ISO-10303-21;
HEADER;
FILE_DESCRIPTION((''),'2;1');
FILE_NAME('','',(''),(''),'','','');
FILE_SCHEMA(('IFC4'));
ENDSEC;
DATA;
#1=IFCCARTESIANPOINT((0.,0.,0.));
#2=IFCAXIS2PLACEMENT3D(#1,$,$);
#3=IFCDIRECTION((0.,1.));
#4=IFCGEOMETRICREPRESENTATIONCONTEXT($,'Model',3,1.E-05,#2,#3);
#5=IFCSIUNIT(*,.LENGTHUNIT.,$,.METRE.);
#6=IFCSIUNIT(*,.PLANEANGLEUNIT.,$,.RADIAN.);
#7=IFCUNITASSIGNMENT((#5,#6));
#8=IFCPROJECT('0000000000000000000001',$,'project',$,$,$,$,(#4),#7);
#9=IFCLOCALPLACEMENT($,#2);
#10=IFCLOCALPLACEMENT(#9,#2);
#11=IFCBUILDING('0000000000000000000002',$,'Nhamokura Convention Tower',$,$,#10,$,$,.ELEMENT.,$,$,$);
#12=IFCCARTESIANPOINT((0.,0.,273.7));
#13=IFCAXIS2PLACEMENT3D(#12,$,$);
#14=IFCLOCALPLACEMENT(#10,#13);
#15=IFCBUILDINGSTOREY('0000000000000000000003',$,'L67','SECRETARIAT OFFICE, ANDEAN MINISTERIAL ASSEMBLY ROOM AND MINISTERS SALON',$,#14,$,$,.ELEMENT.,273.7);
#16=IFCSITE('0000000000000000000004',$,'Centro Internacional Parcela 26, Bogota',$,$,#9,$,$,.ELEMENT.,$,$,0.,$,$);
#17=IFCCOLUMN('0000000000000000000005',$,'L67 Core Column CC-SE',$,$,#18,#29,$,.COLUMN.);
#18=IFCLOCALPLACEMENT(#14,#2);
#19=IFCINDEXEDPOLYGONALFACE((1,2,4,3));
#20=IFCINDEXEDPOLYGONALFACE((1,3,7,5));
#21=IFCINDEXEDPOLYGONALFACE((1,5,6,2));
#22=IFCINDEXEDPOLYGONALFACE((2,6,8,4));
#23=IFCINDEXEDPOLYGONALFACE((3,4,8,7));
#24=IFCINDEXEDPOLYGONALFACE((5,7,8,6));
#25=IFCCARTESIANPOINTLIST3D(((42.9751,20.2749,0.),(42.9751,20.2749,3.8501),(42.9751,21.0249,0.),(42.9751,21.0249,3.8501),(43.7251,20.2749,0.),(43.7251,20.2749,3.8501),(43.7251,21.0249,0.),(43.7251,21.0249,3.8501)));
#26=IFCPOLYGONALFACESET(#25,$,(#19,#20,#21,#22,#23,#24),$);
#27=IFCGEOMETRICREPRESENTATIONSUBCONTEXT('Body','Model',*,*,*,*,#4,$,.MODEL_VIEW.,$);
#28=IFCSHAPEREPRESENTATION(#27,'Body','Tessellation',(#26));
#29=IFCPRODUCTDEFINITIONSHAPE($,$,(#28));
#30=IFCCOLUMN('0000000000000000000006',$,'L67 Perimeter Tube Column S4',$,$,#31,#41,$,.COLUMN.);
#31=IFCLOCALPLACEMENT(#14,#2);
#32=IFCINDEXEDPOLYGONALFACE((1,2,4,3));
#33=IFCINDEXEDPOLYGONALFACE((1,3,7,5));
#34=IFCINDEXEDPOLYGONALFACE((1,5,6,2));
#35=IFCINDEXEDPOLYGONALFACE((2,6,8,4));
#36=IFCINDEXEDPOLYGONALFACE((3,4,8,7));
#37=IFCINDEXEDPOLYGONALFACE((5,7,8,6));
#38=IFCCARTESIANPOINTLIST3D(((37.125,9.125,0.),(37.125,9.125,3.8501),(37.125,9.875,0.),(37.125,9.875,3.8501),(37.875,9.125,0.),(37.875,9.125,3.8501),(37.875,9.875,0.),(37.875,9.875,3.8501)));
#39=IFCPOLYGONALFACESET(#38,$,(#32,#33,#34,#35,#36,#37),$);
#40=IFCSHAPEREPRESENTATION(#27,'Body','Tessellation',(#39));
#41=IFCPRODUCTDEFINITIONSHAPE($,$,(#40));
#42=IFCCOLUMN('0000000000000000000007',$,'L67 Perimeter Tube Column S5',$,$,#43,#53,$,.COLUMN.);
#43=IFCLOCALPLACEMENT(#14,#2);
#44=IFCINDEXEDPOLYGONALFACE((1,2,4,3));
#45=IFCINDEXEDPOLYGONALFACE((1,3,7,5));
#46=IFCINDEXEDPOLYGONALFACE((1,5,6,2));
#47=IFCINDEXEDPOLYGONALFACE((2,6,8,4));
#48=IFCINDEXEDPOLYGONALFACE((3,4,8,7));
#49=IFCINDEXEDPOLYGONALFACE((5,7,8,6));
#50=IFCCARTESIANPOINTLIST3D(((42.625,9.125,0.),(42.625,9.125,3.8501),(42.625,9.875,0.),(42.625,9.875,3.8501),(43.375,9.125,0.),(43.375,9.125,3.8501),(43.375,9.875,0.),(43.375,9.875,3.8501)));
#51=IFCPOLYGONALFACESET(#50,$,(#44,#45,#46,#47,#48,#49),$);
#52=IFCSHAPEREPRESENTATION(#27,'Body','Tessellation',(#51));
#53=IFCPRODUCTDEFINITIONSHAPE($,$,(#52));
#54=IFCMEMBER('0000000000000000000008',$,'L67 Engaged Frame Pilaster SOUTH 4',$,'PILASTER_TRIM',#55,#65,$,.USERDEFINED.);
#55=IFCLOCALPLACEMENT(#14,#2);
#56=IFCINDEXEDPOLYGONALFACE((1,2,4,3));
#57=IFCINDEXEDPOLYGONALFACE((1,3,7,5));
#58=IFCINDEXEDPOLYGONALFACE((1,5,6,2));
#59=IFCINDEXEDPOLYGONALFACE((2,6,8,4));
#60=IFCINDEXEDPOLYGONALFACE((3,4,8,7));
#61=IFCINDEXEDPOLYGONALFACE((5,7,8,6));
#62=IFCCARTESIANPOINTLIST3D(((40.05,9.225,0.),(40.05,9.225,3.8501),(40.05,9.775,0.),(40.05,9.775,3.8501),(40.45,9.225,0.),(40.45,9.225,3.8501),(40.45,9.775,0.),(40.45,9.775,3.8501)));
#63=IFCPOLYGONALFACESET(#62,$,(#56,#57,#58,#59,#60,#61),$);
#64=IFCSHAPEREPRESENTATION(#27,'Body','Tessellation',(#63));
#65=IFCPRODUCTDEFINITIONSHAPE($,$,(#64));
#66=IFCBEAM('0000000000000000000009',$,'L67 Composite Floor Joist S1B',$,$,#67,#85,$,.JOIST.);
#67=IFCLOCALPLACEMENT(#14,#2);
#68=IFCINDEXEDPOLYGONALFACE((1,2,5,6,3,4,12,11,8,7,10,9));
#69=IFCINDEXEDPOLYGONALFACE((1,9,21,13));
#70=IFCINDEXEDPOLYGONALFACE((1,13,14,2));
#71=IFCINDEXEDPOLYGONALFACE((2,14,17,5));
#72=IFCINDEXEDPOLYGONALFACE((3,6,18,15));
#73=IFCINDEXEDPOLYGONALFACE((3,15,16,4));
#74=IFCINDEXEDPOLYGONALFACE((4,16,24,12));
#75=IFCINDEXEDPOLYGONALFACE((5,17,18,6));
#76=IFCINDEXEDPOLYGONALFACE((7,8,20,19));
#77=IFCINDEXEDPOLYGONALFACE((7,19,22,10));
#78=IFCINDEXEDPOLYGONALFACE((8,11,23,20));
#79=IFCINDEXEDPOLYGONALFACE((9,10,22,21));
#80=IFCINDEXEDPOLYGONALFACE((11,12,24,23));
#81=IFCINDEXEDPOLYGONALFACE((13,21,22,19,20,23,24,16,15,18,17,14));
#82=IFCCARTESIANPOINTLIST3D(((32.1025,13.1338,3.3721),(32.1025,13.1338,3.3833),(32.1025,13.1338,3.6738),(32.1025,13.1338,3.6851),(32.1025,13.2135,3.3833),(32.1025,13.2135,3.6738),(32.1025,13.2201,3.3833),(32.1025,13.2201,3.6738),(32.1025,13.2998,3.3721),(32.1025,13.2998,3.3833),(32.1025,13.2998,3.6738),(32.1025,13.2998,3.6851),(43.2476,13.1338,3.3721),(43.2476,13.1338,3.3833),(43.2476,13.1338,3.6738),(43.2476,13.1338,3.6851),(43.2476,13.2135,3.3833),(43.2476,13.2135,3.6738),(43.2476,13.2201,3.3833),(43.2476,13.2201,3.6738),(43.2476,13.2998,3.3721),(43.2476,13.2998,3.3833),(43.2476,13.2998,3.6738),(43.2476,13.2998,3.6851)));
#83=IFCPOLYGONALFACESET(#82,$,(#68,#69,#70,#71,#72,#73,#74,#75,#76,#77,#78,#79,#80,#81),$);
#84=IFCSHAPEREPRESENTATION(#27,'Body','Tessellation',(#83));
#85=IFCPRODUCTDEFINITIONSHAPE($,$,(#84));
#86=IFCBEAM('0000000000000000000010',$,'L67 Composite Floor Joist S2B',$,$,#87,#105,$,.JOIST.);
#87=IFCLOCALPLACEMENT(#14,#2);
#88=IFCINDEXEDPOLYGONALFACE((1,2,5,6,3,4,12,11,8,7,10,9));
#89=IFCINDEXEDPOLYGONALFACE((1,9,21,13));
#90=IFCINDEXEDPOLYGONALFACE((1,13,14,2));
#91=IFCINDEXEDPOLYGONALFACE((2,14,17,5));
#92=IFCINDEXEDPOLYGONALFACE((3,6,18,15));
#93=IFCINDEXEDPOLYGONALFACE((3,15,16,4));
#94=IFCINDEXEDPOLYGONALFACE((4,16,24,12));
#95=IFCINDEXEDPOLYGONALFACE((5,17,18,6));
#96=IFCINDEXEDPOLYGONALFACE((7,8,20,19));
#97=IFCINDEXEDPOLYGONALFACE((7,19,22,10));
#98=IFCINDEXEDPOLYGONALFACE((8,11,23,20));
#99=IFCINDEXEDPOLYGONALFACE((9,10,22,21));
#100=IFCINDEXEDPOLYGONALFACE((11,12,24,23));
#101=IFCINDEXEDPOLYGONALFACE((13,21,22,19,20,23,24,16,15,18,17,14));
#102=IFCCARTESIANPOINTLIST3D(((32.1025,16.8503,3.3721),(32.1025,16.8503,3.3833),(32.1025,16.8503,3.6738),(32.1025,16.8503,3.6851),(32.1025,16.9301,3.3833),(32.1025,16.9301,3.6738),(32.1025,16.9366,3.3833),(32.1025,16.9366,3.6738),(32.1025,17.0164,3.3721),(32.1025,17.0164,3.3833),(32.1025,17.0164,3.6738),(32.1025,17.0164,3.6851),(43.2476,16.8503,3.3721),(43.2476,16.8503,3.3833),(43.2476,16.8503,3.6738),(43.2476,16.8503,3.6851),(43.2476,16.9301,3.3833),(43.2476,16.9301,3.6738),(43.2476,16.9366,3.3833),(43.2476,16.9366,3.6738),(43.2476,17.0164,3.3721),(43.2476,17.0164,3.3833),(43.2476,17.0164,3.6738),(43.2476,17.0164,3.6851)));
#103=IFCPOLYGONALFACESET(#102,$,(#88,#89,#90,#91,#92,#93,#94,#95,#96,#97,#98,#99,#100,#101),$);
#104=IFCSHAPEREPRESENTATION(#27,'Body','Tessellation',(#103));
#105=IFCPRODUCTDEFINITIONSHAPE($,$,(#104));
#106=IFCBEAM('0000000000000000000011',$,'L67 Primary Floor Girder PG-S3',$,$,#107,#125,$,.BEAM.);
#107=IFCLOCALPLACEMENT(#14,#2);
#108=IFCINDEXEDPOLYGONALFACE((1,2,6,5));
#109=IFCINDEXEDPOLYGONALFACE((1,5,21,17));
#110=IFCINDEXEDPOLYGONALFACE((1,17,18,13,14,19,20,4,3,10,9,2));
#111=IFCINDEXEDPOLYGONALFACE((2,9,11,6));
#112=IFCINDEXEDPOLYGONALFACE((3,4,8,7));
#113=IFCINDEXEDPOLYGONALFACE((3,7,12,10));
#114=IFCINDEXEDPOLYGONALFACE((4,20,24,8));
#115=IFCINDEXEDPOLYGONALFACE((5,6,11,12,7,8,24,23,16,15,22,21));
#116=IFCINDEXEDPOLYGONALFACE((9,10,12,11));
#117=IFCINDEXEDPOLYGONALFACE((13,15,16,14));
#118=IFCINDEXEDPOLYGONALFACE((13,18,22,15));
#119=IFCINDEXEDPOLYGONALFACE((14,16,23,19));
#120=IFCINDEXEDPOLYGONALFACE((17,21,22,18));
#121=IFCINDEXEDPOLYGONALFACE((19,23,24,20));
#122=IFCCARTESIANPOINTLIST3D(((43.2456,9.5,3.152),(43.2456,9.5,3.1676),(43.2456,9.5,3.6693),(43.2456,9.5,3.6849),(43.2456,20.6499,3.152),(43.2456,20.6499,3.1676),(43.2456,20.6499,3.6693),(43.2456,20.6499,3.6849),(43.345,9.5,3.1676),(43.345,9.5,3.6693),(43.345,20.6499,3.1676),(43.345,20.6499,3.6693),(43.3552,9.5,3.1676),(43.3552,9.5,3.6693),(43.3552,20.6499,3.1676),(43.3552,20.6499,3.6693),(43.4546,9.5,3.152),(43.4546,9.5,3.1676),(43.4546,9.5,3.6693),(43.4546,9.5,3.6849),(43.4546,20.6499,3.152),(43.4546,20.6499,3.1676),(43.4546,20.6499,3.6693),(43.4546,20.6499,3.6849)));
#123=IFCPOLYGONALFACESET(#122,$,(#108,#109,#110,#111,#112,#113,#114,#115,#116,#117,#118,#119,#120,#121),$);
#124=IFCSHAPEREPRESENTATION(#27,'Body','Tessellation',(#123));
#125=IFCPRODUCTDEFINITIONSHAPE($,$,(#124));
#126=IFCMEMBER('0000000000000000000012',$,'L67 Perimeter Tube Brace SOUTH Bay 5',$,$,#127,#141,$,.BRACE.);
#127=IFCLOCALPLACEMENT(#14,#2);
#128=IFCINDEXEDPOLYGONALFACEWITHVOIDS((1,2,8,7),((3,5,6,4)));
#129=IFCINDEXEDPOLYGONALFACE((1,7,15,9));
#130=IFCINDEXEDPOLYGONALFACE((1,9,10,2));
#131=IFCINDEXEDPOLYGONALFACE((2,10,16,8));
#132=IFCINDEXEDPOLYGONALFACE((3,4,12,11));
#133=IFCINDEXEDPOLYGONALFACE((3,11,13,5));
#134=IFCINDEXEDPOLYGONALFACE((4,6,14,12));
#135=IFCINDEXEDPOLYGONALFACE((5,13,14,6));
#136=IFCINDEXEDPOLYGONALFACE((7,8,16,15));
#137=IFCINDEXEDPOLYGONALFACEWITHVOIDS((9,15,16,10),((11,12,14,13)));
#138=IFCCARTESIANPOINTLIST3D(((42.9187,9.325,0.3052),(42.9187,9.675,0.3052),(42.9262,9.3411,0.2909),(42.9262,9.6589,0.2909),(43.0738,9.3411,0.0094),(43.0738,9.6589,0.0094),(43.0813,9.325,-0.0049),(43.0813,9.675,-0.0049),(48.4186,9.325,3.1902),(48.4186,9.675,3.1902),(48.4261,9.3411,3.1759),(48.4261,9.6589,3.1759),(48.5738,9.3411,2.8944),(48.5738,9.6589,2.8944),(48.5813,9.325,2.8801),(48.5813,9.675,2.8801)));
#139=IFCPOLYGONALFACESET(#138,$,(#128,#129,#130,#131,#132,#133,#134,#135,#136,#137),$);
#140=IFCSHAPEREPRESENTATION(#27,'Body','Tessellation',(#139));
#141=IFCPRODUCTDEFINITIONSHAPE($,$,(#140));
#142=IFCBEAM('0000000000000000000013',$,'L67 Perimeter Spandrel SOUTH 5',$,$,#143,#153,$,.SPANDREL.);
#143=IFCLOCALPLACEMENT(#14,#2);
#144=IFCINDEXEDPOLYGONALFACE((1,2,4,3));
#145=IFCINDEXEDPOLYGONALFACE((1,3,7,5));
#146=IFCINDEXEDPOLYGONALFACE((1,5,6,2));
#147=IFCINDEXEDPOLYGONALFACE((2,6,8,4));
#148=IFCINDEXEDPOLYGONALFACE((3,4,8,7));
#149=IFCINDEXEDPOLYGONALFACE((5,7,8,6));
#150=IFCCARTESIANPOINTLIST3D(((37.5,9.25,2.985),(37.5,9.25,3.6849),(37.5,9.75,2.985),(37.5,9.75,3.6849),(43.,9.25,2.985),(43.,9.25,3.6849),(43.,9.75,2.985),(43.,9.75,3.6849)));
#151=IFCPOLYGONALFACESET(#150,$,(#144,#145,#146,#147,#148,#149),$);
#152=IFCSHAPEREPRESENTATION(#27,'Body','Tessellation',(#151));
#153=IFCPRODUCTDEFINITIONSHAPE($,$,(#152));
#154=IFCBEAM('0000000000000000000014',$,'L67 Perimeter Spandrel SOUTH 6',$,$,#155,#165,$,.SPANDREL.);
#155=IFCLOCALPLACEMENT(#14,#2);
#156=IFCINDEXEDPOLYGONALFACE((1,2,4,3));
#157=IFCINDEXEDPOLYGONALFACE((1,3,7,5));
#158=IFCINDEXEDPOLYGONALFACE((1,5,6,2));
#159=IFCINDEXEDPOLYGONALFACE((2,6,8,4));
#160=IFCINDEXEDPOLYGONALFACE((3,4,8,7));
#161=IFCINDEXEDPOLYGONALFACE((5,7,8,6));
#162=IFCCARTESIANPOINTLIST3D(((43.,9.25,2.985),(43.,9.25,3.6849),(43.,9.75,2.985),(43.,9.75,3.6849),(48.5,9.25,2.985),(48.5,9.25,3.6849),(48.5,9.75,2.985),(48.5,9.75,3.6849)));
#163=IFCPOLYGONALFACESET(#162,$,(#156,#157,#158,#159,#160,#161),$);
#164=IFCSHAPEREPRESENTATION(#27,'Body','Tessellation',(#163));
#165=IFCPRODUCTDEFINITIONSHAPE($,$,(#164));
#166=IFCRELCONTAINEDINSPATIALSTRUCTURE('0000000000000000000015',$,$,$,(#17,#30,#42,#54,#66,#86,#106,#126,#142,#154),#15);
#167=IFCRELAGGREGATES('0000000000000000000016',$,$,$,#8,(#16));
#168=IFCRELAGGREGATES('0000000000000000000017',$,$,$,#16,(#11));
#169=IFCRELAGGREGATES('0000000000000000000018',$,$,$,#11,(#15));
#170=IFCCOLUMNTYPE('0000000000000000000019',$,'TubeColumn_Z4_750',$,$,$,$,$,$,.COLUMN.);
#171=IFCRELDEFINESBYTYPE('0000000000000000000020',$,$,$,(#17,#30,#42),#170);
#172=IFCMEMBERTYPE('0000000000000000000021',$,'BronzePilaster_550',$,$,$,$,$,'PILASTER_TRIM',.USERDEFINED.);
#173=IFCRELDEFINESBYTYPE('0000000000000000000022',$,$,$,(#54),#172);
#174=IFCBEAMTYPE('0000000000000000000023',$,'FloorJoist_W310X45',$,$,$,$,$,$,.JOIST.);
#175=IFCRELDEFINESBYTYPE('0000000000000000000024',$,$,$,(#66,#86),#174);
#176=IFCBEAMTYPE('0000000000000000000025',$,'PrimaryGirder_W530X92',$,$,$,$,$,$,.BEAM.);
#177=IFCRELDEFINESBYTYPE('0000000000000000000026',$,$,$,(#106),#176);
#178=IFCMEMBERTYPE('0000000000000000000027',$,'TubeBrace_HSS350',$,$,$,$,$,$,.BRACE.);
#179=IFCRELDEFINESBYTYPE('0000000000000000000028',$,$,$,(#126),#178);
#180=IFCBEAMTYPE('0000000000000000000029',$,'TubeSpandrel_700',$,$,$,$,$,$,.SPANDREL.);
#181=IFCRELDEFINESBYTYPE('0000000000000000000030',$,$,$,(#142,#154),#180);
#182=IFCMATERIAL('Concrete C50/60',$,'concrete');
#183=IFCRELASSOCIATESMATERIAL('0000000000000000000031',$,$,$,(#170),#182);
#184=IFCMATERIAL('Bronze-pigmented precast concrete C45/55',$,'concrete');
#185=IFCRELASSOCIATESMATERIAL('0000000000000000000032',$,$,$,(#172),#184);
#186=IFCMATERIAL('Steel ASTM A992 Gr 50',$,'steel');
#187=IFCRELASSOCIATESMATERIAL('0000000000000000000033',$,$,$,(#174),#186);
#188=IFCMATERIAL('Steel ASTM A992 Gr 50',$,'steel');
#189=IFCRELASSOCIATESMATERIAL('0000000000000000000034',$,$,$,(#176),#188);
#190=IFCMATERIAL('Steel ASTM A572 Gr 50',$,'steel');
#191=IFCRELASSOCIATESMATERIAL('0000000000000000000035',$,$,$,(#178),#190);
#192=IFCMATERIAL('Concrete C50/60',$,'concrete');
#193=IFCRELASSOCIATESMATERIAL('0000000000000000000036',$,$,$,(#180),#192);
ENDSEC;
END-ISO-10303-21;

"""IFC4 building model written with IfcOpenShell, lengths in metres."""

from ifc_helpers import new_model, si_unit, direction, frame, origin, origin_2d, place, context, subcontext, project, spatial, rectangle, hollow_rectangle, i_section, extrude, material, material_profile, profile_set, type_object, element, save


model = new_model("IFC4")

# Units and contexts
model_context = context("Model", 3, precision=1e-05, world=origin(), true_north=direction((0.0, 1.0)))
body_context = subcontext(model_context, "Body", "Model", "MODEL_VIEW")
ifc_project = project(units=[si_unit("LENGTHUNIT", "METRE"), si_unit("PLANEANGLEUNIT", "RADIAN")], contexts=[model_context])

# Site, building, storey
site_placement = place(None, origin())
site = spatial("IfcSite", under=ifc_project, at=site_placement, Name="Centro Internacional Parcela 26, Bogota", CompositionType="ELEMENT", RefElevation=0.0)
building_placement = place(site_placement, origin())
building = spatial("IfcBuilding", under=site, at=building_placement, Name="Nhamokura Convention Tower", CompositionType="ELEMENT")
storey_placement = place(building_placement, frame((0.0, 0.0, 273.7)))
storey = spatial("IfcBuildingStorey", under=building, at=storey_placement, Name="L67", Description="SECRETARIAT OFFICE, ANDEAN MINISTERIAL ASSEMBLY ROOM AND MINISTERS SALON", CompositionType="ELEMENT", Elevation=273.7)

# Columns
ifc_material_1 = material(Name="Concrete C50/60", Category="concrete")
ifc_material_profile_1 = material_profile(ifc_material_1, rectangle(XDim=0.75, YDim=0.75, at=origin_2d()))
ifc_profile_set_1 = profile_set([ifc_material_profile_1], Name="Concrete C50/60")
column_type = type_object("IfcColumnType", Name="TubeColumn_Z4_750", PredefinedType="COLUMN", material=ifc_profile_set_1)
for number, where, z_axis, x_axis, name in (
    (1, (43.3501, 20.6499, 0.0), (0.0, 0.0, 1.0), (1.0, 0.0, 0.0), "L67 Core Column CC-SE"),
    (2, (37.5, 9.5, 0.0), (0.0, 0.0, 1.0), (1.0, 0.0, 0.0), "L67 Perimeter Tube Column S4"),
    (3, (43.0, 9.5, 0.0), (0.0, 0.0, 1.0), (1.0, 0.0, 0.0), "L67 Perimeter Tube Column S5"),
):
    element("IfcColumn", number, at=place(storey_placement, frame(where, z_axis=z_axis, x_axis=x_axis)), inside=storey, type_object=column_type, Name=name, PredefinedType="COLUMN", context=body_context, shape_type="SweptSolid", body=[
        extrude(rectangle(XDim=0.75, YDim=0.75, at=origin_2d()), origin(), (0.0, 0.0, 1.0), 3.8501),
    ])

# Member
ifc_material_2 = material(Name="Bronze-pigmented precast concrete C45/55", Category="concrete")
ifc_material_profile_2 = material_profile(ifc_material_2, rectangle(XDim=0.3999, YDim=0.55, at=origin_2d()))
ifc_profile_set_2 = profile_set([ifc_material_profile_2], Name="Bronze-pigmented precast concrete C45/55")
member_type_1 = type_object("IfcMemberType", Name="BronzePilaster_550", ElementType="PILASTER_TRIM", PredefinedType="USERDEFINED", material=ifc_profile_set_2)
member_1_placement = place(storey_placement, frame((40.25, 9.5, 0.0), z_axis=(0.0, 0.0, 1.0), x_axis=(1.0, 0.0, 0.0)))
element("IfcMember", 4, at=member_1_placement, inside=storey, type_object=member_type_1, Name="L67 Engaged Frame Pilaster SOUTH 4", ObjectType="PILASTER_TRIM", PredefinedType="USERDEFINED", context=body_context, shape_type="SweptSolid", body=[
    extrude(rectangle(XDim=0.3999, YDim=0.55, at=origin_2d()), origin(), (0.0, 0.0, 1.0), 3.8501),
])

# Beams
ifc_material_3 = material(Name="Steel ASTM A992 Gr 50", Category="steel")
ifc_material_profile_3 = material_profile(ifc_material_3, i_section(OverallWidth=0.166, OverallDepth=0.313, WebThickness=0.0066, FlangeThickness=0.0112, at=origin_2d()))
ifc_profile_set_3 = profile_set([ifc_material_profile_3], Name="Steel ASTM A992 Gr 50")
beam_type_1 = type_object("IfcBeamType", Name="FloorJoist_W310X45", PredefinedType="JOIST", material=ifc_profile_set_3)
for number, where, z_axis, x_axis, name in (
    (5, (32.1025, 13.2168, 3.5286), (1.0, 0.0, 0.0), (0.0, 1.0, 0.0), "L67 Composite Floor Joist S1B"),
    (6, (32.1025, 16.9333, 3.5286), (1.0, 0.0, 0.0), (0.0, 1.0, 0.0), "L67 Composite Floor Joist S2B"),
):
    element("IfcBeam", number, at=place(storey_placement, frame(where, z_axis=z_axis, x_axis=x_axis)), inside=storey, type_object=beam_type_1, Name=name, PredefinedType="JOIST", context=body_context, shape_type="SweptSolid", body=[
        extrude(i_section(OverallWidth=0.166, OverallDepth=0.313, WebThickness=0.0066, FlangeThickness=0.0112, at=origin_2d()), origin(), (0.0, 0.0, 1.0), 11.145),
    ])
ifc_material_4 = material(Name="Steel ASTM A992 Gr 50", Category="steel")
ifc_material_profile_4 = material_profile(ifc_material_4, i_section(OverallWidth=0.209, OverallDepth=0.533, WebThickness=0.0103, FlangeThickness=0.0156, at=origin_2d()))
ifc_profile_set_4 = profile_set([ifc_material_profile_4], Name="Steel ASTM A992 Gr 50")
beam_type_2 = type_object("IfcBeamType", Name="PrimaryGirder_W530X92", PredefinedType="BEAM", material=ifc_profile_set_4)
beam_placement = place(storey_placement, frame((43.3501, 9.5, 3.4185), z_axis=(0.0, 1.0, 0.0), x_axis=(-1.0, 0.0, 0.0)))
element("IfcBeam", 7, at=beam_placement, inside=storey, type_object=beam_type_2, Name="L67 Primary Floor Girder PG-S3", PredefinedType="BEAM", context=body_context, shape_type="SweptSolid", body=[
    extrude(i_section(OverallWidth=0.209, OverallDepth=0.533, WebThickness=0.0103, FlangeThickness=0.0156, at=origin_2d()), origin(), (0.0, 0.0, 1.0), 11.1499),
])

# Member
ifc_material_5 = material(Name="Steel ASTM A572 Gr 50", Category="steel")
ifc_material_profile_5 = material_profile(ifc_material_5, hollow_rectangle(XDim=0.3501, YDim=0.3501, WallThickness=0.0161, at=origin_2d()))
ifc_profile_set_5 = profile_set([ifc_material_profile_5], Name="Steel ASTM A572 Gr 50")
member_type_2 = type_object("IfcMemberType", Name="TubeBrace_HSS350", PredefinedType="BRACE", material=ifc_profile_set_5)
member_2_placement = place(storey_placement, frame((43.0, 9.5, 0.1501), z_axis=(0.885563, 0.0, 0.46452), x_axis=(0.0, 1.0, 0.0)))
element("IfcMember", 8, at=member_2_placement, inside=storey, type_object=member_type_2, Name="L67 Perimeter Tube Brace SOUTH Bay 5", PredefinedType="BRACE", context=body_context, shape_type="SweptSolid", body=[
    extrude(hollow_rectangle(XDim=0.3501, YDim=0.3501, WallThickness=0.0161, at=origin_2d()), origin(), (0.0, 0.0, 1.0), 6.2107),
])

# Beams
ifc_material_6 = material(Name="Concrete C50/60", Category="concrete")
ifc_material_profile_6 = material_profile(ifc_material_6, rectangle(XDim=0.5, YDim=0.7, at=origin_2d()))
ifc_profile_set_6 = profile_set([ifc_material_profile_6], Name="Concrete C50/60")
beam_type_3 = type_object("IfcBeamType", Name="TubeSpandrel_700", PredefinedType="SPANDREL", material=ifc_profile_set_6)
for number, where, z_axis, x_axis, name in (
    (9, (37.5, 9.5, 3.335), (1.0, 0.0, 0.0), (0.0, 1.0, 0.0), "L67 Perimeter Spandrel SOUTH 5"),
    (10, (43.0, 9.5, 3.335), (1.0, 0.0, 0.0), (0.0, 1.0, 0.0), "L67 Perimeter Spandrel SOUTH 6"),
):
    element("IfcBeam", number, at=place(storey_placement, frame(where, z_axis=z_axis, x_axis=x_axis)), inside=storey, type_object=beam_type_3, Name=name, PredefinedType="SPANDREL", context=body_context, shape_type="SweptSolid", body=[
        extrude(rectangle(XDim=0.5, YDim=0.7, at=origin_2d()), origin(), (0.0, 0.0, 1.0), 5.5),
    ])

save(model, "model.ifc")
